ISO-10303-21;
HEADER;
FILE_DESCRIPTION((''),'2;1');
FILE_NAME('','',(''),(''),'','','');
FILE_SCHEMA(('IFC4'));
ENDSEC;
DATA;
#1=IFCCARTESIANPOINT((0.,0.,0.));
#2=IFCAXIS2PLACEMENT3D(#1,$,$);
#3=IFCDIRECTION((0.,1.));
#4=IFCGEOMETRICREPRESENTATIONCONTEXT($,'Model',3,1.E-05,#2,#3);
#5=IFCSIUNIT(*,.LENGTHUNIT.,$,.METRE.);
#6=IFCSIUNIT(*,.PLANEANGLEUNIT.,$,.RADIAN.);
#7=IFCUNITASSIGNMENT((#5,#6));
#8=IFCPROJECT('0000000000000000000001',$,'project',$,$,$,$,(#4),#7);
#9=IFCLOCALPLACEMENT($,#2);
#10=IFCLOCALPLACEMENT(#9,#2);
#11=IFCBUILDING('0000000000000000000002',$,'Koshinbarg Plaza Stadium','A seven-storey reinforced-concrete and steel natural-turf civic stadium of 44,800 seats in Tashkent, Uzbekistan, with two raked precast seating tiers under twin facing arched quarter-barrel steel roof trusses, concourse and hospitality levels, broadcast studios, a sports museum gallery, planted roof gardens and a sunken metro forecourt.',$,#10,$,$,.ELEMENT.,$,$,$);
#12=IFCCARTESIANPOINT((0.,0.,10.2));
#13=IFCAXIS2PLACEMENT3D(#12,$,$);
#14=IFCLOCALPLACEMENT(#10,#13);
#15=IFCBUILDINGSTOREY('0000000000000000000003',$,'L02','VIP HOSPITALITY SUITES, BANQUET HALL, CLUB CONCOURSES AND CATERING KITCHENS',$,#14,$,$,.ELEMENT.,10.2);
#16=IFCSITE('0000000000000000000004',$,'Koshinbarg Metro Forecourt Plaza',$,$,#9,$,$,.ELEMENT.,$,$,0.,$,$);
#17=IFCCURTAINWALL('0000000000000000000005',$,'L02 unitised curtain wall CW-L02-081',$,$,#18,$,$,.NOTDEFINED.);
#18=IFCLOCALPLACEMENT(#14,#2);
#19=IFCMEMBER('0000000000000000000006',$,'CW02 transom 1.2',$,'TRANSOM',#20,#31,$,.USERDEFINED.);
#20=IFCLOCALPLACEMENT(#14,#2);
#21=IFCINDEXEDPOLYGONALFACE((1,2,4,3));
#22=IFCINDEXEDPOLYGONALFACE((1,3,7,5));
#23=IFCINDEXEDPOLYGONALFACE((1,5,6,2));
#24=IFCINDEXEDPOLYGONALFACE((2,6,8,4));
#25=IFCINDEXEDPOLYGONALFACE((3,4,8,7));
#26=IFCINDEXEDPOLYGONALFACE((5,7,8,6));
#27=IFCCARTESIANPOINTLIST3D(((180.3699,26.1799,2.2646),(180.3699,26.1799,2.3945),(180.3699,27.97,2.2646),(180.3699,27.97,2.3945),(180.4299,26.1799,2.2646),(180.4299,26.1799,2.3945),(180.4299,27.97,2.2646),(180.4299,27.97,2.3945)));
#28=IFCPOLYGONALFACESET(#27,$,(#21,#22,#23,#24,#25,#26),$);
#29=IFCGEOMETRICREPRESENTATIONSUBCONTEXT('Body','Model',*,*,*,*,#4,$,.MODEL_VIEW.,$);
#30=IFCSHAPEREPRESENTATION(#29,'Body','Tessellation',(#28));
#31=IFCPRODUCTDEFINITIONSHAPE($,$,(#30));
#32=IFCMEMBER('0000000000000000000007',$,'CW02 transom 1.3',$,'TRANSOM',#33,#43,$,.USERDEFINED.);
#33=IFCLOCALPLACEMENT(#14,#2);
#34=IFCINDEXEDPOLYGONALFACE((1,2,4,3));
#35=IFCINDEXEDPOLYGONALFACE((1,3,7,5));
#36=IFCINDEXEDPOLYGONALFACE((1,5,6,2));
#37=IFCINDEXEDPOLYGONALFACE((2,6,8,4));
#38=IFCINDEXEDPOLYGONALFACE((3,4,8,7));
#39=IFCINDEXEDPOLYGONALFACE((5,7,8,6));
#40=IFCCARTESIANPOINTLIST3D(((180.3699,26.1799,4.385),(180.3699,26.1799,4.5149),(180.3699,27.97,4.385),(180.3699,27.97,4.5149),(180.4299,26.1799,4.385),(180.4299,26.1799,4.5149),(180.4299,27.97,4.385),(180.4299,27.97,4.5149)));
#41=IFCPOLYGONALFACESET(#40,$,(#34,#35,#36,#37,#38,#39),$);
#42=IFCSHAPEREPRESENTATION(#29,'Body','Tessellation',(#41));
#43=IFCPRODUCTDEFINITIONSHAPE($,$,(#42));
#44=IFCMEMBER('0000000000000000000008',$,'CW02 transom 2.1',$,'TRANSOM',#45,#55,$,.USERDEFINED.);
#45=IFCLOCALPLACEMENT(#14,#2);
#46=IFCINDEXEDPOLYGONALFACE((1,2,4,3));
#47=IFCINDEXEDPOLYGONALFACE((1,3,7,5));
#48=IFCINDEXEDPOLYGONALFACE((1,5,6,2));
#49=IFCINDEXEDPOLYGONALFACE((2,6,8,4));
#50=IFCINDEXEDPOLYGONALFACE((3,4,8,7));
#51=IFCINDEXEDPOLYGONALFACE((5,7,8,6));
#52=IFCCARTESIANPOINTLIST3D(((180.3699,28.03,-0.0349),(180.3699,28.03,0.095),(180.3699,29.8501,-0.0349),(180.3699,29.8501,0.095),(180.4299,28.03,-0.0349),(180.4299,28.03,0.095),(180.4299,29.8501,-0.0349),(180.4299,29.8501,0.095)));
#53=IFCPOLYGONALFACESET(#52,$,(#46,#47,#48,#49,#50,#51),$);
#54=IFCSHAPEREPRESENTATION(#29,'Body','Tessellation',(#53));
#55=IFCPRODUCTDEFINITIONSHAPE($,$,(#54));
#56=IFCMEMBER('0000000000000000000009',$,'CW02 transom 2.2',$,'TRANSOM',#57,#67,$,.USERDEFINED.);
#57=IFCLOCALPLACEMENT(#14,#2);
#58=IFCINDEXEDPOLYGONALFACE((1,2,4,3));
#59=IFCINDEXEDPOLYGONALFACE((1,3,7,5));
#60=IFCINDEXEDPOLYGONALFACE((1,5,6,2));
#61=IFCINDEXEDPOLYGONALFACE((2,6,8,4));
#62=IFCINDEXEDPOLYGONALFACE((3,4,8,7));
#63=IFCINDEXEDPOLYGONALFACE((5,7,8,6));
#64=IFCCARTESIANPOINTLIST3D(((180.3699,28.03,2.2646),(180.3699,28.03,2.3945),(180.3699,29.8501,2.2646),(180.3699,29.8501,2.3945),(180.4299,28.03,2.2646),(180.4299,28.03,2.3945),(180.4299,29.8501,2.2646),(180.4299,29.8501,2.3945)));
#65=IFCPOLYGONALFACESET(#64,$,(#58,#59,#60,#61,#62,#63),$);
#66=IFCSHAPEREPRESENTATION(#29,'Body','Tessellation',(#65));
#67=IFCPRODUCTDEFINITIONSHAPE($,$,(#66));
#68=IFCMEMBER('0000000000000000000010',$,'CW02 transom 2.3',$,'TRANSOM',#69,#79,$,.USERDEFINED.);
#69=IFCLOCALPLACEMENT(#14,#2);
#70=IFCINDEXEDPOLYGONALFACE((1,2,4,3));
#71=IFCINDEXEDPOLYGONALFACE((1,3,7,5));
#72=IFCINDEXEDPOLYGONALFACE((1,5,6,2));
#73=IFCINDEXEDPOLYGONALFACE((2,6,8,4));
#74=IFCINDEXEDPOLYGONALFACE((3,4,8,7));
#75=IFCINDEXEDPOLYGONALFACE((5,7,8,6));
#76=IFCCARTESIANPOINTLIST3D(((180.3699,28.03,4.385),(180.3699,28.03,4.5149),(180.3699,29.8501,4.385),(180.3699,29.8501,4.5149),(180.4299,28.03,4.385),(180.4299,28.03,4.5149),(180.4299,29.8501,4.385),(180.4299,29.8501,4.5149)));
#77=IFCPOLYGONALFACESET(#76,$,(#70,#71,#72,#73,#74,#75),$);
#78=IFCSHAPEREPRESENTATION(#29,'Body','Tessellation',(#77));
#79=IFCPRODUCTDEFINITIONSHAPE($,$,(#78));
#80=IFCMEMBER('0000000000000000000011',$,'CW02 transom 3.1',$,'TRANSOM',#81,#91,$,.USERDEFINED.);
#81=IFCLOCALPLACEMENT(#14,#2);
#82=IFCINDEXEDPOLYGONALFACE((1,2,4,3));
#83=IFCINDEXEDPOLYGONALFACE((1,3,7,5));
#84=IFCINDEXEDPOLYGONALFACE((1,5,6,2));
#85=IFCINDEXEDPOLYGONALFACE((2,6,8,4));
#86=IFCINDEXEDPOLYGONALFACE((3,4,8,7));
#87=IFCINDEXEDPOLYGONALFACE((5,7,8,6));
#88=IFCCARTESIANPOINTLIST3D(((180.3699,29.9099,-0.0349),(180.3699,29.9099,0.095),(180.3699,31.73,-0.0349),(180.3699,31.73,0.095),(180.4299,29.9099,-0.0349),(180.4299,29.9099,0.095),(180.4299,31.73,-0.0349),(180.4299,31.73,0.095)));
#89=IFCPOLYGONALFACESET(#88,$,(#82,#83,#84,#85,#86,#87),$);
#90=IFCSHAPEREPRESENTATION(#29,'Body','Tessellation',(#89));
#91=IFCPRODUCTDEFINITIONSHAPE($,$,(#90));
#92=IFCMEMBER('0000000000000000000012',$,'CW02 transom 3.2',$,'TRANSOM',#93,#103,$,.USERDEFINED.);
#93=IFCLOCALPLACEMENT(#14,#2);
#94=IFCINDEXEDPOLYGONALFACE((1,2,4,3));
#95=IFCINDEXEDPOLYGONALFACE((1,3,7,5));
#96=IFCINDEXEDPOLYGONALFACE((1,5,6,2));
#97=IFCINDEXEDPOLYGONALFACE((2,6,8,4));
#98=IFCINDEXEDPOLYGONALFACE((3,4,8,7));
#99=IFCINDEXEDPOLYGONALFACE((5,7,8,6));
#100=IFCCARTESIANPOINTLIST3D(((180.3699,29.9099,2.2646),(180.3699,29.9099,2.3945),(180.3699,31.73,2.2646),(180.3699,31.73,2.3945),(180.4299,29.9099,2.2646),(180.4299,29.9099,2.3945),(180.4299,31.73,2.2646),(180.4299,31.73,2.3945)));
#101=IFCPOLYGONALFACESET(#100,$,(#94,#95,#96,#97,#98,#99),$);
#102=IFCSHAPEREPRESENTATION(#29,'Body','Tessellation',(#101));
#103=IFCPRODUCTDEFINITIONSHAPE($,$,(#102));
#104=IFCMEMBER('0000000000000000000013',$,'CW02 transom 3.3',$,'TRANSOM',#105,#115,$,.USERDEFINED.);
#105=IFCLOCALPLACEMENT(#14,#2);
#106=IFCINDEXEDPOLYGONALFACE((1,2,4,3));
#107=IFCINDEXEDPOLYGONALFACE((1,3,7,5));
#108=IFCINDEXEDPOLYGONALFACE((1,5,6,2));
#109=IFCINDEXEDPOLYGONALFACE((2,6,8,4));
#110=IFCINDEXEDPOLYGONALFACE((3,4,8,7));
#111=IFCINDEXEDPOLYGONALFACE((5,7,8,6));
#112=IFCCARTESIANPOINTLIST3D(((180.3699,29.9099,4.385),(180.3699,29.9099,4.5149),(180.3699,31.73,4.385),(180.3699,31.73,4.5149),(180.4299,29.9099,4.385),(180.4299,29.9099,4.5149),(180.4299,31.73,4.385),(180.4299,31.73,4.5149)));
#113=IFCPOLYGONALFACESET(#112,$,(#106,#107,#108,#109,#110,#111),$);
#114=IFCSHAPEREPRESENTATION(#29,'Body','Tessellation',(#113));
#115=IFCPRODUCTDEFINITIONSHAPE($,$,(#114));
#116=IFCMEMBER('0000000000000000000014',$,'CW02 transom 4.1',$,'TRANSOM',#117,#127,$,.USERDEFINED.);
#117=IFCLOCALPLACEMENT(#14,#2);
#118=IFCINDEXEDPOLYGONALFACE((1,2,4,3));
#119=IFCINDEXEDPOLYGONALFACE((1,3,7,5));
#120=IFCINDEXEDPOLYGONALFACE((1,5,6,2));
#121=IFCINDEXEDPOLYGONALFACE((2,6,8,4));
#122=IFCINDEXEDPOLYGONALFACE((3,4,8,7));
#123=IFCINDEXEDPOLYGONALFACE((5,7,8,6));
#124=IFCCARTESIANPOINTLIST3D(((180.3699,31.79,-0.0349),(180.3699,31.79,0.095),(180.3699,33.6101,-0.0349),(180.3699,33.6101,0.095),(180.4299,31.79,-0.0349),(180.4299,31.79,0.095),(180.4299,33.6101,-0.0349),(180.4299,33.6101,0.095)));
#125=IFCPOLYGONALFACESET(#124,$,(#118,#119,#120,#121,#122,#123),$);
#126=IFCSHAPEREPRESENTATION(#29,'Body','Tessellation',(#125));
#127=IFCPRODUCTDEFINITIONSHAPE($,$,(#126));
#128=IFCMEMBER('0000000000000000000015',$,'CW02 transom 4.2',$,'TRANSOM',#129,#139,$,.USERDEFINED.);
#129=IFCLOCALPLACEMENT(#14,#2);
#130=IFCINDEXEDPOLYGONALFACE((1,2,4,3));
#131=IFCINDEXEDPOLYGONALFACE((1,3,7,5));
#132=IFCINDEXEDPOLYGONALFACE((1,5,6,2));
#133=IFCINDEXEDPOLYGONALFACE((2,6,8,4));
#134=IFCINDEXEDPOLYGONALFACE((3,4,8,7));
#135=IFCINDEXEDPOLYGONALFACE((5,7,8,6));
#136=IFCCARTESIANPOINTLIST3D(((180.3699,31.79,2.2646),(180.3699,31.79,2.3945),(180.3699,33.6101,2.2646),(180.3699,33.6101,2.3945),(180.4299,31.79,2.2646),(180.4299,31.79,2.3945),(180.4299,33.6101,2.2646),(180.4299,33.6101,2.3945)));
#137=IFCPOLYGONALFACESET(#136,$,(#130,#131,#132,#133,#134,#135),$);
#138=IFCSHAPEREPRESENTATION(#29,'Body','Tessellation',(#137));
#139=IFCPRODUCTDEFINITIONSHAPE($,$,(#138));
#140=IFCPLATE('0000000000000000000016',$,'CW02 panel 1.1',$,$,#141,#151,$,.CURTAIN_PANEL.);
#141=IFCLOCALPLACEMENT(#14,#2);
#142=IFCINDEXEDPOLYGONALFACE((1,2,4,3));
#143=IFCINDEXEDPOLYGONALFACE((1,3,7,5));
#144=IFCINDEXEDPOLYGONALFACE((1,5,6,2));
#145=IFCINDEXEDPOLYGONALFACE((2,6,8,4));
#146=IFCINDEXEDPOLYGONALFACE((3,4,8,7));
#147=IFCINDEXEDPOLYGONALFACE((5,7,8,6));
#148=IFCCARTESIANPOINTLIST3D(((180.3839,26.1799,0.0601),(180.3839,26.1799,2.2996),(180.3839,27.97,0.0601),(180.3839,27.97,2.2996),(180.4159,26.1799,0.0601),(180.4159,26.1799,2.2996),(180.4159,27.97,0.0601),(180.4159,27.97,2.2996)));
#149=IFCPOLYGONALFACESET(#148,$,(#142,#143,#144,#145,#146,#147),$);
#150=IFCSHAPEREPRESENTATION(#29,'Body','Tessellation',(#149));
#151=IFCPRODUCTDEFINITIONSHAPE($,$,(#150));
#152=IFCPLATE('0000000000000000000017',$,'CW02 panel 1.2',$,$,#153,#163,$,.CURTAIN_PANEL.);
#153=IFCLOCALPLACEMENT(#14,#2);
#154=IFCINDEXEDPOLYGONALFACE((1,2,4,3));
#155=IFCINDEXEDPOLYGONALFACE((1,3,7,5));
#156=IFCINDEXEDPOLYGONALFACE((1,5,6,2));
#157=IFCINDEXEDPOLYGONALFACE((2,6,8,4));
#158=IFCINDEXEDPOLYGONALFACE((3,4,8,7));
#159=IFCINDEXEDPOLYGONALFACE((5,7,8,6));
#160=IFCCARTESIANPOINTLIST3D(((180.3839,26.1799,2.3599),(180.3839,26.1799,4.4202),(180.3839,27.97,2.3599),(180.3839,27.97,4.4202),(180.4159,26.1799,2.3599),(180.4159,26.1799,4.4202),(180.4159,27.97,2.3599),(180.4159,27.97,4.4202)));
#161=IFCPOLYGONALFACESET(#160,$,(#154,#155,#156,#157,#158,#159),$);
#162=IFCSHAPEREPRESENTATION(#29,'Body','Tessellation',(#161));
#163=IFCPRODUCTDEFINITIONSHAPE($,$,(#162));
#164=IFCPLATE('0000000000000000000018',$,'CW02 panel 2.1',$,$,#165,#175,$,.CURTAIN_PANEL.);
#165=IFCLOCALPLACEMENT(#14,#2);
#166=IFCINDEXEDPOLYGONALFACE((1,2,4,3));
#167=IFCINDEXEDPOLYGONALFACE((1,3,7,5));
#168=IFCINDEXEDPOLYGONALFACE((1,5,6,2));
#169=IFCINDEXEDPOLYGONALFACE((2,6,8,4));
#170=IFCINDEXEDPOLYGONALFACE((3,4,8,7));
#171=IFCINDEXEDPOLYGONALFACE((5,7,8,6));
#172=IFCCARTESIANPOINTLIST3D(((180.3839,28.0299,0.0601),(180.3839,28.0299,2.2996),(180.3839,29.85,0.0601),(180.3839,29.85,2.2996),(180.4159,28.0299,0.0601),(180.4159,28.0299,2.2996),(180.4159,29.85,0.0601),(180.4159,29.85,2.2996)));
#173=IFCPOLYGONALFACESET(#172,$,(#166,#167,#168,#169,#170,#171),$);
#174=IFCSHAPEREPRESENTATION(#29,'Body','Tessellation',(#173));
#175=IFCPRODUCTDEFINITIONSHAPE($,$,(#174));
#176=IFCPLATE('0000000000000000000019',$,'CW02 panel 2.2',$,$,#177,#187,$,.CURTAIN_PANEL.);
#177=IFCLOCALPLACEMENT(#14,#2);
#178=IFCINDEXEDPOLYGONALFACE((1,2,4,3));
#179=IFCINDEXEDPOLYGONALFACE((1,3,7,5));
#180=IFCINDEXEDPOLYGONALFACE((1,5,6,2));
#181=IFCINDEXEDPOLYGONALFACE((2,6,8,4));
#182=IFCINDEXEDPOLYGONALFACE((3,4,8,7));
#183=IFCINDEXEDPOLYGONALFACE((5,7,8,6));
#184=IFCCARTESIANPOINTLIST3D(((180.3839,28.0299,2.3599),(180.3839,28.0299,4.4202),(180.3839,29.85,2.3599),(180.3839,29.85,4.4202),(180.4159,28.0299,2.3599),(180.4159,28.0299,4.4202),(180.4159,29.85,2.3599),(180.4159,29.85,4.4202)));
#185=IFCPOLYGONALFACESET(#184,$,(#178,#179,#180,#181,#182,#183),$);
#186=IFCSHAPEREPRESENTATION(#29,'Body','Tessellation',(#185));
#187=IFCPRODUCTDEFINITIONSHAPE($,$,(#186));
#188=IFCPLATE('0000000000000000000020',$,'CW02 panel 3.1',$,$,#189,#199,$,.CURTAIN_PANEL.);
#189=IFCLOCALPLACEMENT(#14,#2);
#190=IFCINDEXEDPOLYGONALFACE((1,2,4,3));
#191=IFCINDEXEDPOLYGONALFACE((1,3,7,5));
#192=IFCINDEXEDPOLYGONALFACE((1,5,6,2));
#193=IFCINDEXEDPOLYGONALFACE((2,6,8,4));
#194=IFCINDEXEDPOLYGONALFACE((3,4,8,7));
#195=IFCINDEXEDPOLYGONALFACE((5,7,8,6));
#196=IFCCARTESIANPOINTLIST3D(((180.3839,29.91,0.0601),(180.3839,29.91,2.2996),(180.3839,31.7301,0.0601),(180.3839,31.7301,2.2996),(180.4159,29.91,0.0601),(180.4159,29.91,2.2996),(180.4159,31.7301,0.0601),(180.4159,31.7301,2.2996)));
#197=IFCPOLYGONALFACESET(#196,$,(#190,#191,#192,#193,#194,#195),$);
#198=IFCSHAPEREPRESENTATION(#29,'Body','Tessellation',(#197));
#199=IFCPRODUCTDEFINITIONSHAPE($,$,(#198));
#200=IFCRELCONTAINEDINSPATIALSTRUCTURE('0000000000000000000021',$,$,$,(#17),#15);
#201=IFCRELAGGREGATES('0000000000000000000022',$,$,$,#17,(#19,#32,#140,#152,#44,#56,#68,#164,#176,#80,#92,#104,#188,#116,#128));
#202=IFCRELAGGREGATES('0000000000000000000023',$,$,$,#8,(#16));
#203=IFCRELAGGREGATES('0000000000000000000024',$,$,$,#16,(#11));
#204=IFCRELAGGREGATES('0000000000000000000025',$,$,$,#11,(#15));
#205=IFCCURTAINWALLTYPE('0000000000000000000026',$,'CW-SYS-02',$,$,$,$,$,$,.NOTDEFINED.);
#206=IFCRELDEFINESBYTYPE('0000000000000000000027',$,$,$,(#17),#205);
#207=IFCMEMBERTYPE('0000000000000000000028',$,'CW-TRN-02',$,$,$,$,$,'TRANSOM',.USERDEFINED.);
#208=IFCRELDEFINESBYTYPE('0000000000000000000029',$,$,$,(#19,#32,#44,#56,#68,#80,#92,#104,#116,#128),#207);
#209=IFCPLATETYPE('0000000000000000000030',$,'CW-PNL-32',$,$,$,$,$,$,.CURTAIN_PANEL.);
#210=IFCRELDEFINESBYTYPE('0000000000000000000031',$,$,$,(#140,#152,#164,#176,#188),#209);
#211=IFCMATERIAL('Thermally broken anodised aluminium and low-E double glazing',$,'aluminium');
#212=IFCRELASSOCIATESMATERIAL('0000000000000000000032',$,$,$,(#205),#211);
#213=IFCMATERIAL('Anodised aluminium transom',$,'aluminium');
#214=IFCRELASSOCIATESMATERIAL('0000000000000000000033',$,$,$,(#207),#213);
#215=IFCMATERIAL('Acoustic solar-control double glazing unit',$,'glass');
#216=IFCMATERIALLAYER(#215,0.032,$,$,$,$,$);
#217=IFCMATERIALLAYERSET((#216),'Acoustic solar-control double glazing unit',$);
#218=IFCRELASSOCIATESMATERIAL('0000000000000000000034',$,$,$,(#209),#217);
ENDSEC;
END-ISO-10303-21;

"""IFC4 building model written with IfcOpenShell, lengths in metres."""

from ifc_helpers import new_model, si_unit, direction, frame, origin, origin_2d, place, context, subcontext, project, spatial, rectangle, extrude, material, layer, layer_set, material_profile, profile_set, type_object, element, aggregate, save


model = new_model("IFC4")

# Units and contexts
model_context = context("Model", 3, precision=1e-05, world=origin(), true_north=direction((0.0, 1.0)))
body_context = subcontext(model_context, "Body", "Model", "MODEL_VIEW")
ifc_project = project(units=[si_unit("LENGTHUNIT", "METRE"), si_unit("PLANEANGLEUNIT", "RADIAN")], contexts=[model_context])

# Site, building, storey
site_placement = place(None, origin())
site = spatial("IfcSite", under=ifc_project, at=site_placement, Name="Koshinbarg Metro Forecourt Plaza", CompositionType="ELEMENT", RefElevation=0.0)
building_placement = place(site_placement, origin())
building = spatial("IfcBuilding", under=site, at=building_placement, Name="Koshinbarg Plaza Stadium", Description="A seven-storey reinforced-concrete and steel natural-turf civic stadium of 44,800 seats in Tashkent, Uzbekistan, with two raked precast seating tiers under twin facing arched quarter-barrel steel roof trusses, concourse and hospitality levels, broadcast studios, a sports museum gallery, planted roof gardens and a sunken metro forecourt.", CompositionType="ELEMENT")
storey_placement = place(building_placement, frame((0.0, 0.0, 10.2)))
storey = spatial("IfcBuildingStorey", under=building, at=storey_placement, Name="L02", Description="VIP HOSPITALITY SUITES, BANQUET HALL, CLUB CONCOURSES AND CATERING KITCHENS", CompositionType="ELEMENT", Elevation=10.2)

# Curtain wall, members, plates
ifc_material_1 = material(Name="Thermally broken anodised aluminium and low-E double glazing", Category="aluminium")
curtain_wall_type = type_object("IfcCurtainWallType", Name="CW-SYS-02", PredefinedType="NOTDEFINED", material=ifc_material_1)
curtain_wall_placement = place(storey_placement, origin())
curtain_wall = element("IfcCurtainWall", 1, at=curtain_wall_placement, inside=storey, type_object=curtain_wall_type, Name="L02 unitised curtain wall CW-L02-081", PredefinedType="NOTDEFINED")
ifc_material_2 = material(Name="Anodised aluminium transom", Category="aluminium")
ifc_material_profile_1 = material_profile(ifc_material_2, rectangle(XDim=0.0601, YDim=0.1299, at=origin_2d()), Name="ALU 60x130")
ifc_profile_set_1 = profile_set([ifc_material_profile_1], Name="Anodised aluminium transom")
member_type_1 = type_object("IfcMemberType", Name="CW-TRN-02", ElementType="TRANSOM", PredefinedType="USERDEFINED", material=ifc_profile_set_1)
member_1_placement = place(storey_placement, frame((180.3999, 26.1799, 2.3296), z_axis=(0.0, 1.0, 0.0), x_axis=(-1.0, 0.0, 0.0)))
member_1 = element("IfcMember", 2, at=member_1_placement, type_object=member_type_1, Name="CW02 transom 1.2", ObjectType="TRANSOM", PredefinedType="USERDEFINED", context=body_context, shape_type="SweptSolid", body=[
    extrude(rectangle(XDim=0.0601, YDim=0.1299, at=origin_2d()), origin(), (0.0, 0.0, 1.0), 1.79),
])
member_2_placement = place(storey_placement, frame((180.3999, 26.1799, 4.45), z_axis=(0.0, 1.0, 0.0), x_axis=(-1.0, 0.0, 0.0)))
member_2 = element("IfcMember", 3, at=member_2_placement, type_object=member_type_1, Name="CW02 transom 1.3", ObjectType="TRANSOM", PredefinedType="USERDEFINED", context=body_context, shape_type="SweptSolid", body=[
    extrude(rectangle(XDim=0.0601, YDim=0.1299, at=origin_2d()), origin(), (0.0, 0.0, 1.0), 1.79),
])
member_3_placement = place(storey_placement, frame((180.3999, 28.03, 0.03), z_axis=(0.0, 1.0, 0.0), x_axis=(-1.0, 0.0, 0.0)))
member_3 = element("IfcMember", 4, at=member_3_placement, type_object=member_type_1, Name="CW02 transom 2.1", ObjectType="TRANSOM", PredefinedType="USERDEFINED", context=body_context, shape_type="SweptSolid", body=[
    extrude(rectangle(XDim=0.0601, YDim=0.1299, at=origin_2d()), origin(), (0.0, 0.0, 1.0), 1.8201),
])
member_4_placement = place(storey_placement, frame((180.3999, 28.03, 2.3296), z_axis=(0.0, 1.0, 0.0), x_axis=(-1.0, 0.0, 0.0)))
member_4 = element("IfcMember", 5, at=member_4_placement, type_object=member_type_1, Name="CW02 transom 2.2", ObjectType="TRANSOM", PredefinedType="USERDEFINED", context=body_context, shape_type="SweptSolid", body=[
    extrude(rectangle(XDim=0.0601, YDim=0.1299, at=origin_2d()), origin(), (0.0, 0.0, 1.0), 1.8201),
])
member_5_placement = place(storey_placement, frame((180.3999, 28.03, 4.45), z_axis=(0.0, 1.0, 0.0), x_axis=(-1.0, 0.0, 0.0)))
member_5 = element("IfcMember", 6, at=member_5_placement, type_object=member_type_1, Name="CW02 transom 2.3", ObjectType="TRANSOM", PredefinedType="USERDEFINED", context=body_context, shape_type="SweptSolid", body=[
    extrude(rectangle(XDim=0.0601, YDim=0.1299, at=origin_2d()), origin(), (0.0, 0.0, 1.0), 1.8201),
])
member_6_placement = place(storey_placement, frame((180.3999, 29.9099, 0.03), z_axis=(0.0, 1.0, 0.0), x_axis=(-1.0, 0.0, 0.0)))
member_6 = element("IfcMember", 7, at=member_6_placement, type_object=member_type_1, Name="CW02 transom 3.1", ObjectType="TRANSOM", PredefinedType="USERDEFINED", context=body_context, shape_type="SweptSolid", body=[
    extrude(rectangle(XDim=0.0601, YDim=0.1299, at=origin_2d()), origin(), (0.0, 0.0, 1.0), 1.8201),
])
member_7_placement = place(storey_placement, frame((180.3999, 29.9099, 2.3296), z_axis=(0.0, 1.0, 0.0), x_axis=(-1.0, 0.0, 0.0)))
member_7 = element("IfcMember", 8, at=member_7_placement, type_object=member_type_1, Name="CW02 transom 3.2", ObjectType="TRANSOM", PredefinedType="USERDEFINED", context=body_context, shape_type="SweptSolid", body=[
    extrude(rectangle(XDim=0.0601, YDim=0.1299, at=origin_2d()), origin(), (0.0, 0.0, 1.0), 1.8201),
])
member_8_placement = place(storey_placement, frame((180.3999, 29.9099, 4.45), z_axis=(0.0, 1.0, 0.0), x_axis=(-1.0, 0.0, 0.0)))
member_8 = element("IfcMember", 9, at=member_8_placement, type_object=member_type_1, Name="CW02 transom 3.3", ObjectType="TRANSOM", PredefinedType="USERDEFINED", context=body_context, shape_type="SweptSolid", body=[
    extrude(rectangle(XDim=0.0601, YDim=0.1299, at=origin_2d()), origin(), (0.0, 0.0, 1.0), 1.8201),
])
member_9_placement = place(storey_placement, frame((180.3999, 31.79, 0.03), z_axis=(0.0, 1.0, 0.0), x_axis=(-1.0, 0.0, 0.0)))
member_9 = element("IfcMember", 10, at=member_9_placement, type_object=member_type_1, Name="CW02 transom 4.1", ObjectType="TRANSOM", PredefinedType="USERDEFINED", context=body_context, shape_type="SweptSolid", body=[
    extrude(rectangle(XDim=0.0601, YDim=0.1299, at=origin_2d()), origin(), (0.0, 0.0, 1.0), 1.8201),
])
member_10_placement = place(storey_placement, frame((180.3999, 31.79, 2.3296), z_axis=(0.0, 1.0, 0.0), x_axis=(-1.0, 0.0, 0.0)))
member_10 = element("IfcMember", 11, at=member_10_placement, type_object=member_type_1, Name="CW02 transom 4.2", ObjectType="TRANSOM", PredefinedType="USERDEFINED", context=body_context, shape_type="SweptSolid", body=[
    extrude(rectangle(XDim=0.0601, YDim=0.1299, at=origin_2d()), origin(), (0.0, 0.0, 1.0), 1.8201),
])
ifc_material_3 = material(Name="Acoustic solar-control double glazing unit", Category="glass")
ifc_layer = layer(ifc_material_3, 0.032)
ifc_layer_set = layer_set([ifc_layer], Name="Acoustic solar-control double glazing unit")
plate_type = type_object("IfcPlateType", Name="CW-PNL-32", PredefinedType="CURTAIN_PANEL", material=ifc_layer_set)
plate_1_placement = place(storey_placement, frame((180.3999, 27.075, 0.0601), z_axis=(0.0, 0.0, 1.0), x_axis=(0.0, 1.0, 0.0)))
plate_1 = element("IfcPlate", 12, at=plate_1_placement, type_object=plate_type, Name="CW02 panel 1.1", PredefinedType="CURTAIN_PANEL", context=body_context, shape_type="SweptSolid", body=[
    extrude(rectangle(XDim=1.79, YDim=0.032, at=origin_2d()), origin(), (0.0, 0.0, 1.0), 2.2395),
])
plate_2_placement = place(storey_placement, frame((180.3999, 27.075, 2.3599), z_axis=(0.0, 0.0, 1.0), x_axis=(0.0, 1.0, 0.0)))
plate_2 = element("IfcPlate", 13, at=plate_2_placement, type_object=plate_type, Name="CW02 panel 1.2", PredefinedType="CURTAIN_PANEL", context=body_context, shape_type="SweptSolid", body=[
    extrude(rectangle(XDim=1.79, YDim=0.032, at=origin_2d()), origin(), (0.0, 0.0, 1.0), 2.0603),
])
plate_3_placement = place(storey_placement, frame((180.3999, 28.9399, 0.0601), z_axis=(0.0, 0.0, 1.0), x_axis=(0.0, 1.0, 0.0)))
plate_3 = element("IfcPlate", 14, at=plate_3_placement, type_object=plate_type, Name="CW02 panel 2.1", PredefinedType="CURTAIN_PANEL", context=body_context, shape_type="SweptSolid", body=[
    extrude(rectangle(XDim=1.8201, YDim=0.032, at=origin_2d()), origin(), (0.0, 0.0, 1.0), 2.2395),
])
plate_4_placement = place(storey_placement, frame((180.3999, 28.9399, 2.3599), z_axis=(0.0, 0.0, 1.0), x_axis=(0.0, 1.0, 0.0)))
plate_4 = element("IfcPlate", 15, at=plate_4_placement, type_object=plate_type, Name="CW02 panel 2.2", PredefinedType="CURTAIN_PANEL", context=body_context, shape_type="SweptSolid", body=[
    extrude(rectangle(XDim=1.8201, YDim=0.032, at=origin_2d()), origin(), (0.0, 0.0, 1.0), 2.0603),
])
plate_5_placement = place(storey_placement, frame((180.3999, 30.8201, 0.0601), z_axis=(0.0, 0.0, 1.0), x_axis=(0.0, 1.0, 0.0)))
plate_5 = element("IfcPlate", 16, at=plate_5_placement, type_object=plate_type, Name="CW02 panel 3.1", PredefinedType="CURTAIN_PANEL", context=body_context, shape_type="SweptSolid", body=[
    extrude(rectangle(XDim=1.8201, YDim=0.032, at=origin_2d()), origin(), (0.0, 0.0, 1.0), 2.2395),
])
aggregate(curtain_wall, [member_1, member_2, plate_1, plate_2, member_3, member_4, member_5, plate_3, plate_4, member_6, member_7, member_8, plate_5, member_9, member_10])

save(model, "model.ifc")
